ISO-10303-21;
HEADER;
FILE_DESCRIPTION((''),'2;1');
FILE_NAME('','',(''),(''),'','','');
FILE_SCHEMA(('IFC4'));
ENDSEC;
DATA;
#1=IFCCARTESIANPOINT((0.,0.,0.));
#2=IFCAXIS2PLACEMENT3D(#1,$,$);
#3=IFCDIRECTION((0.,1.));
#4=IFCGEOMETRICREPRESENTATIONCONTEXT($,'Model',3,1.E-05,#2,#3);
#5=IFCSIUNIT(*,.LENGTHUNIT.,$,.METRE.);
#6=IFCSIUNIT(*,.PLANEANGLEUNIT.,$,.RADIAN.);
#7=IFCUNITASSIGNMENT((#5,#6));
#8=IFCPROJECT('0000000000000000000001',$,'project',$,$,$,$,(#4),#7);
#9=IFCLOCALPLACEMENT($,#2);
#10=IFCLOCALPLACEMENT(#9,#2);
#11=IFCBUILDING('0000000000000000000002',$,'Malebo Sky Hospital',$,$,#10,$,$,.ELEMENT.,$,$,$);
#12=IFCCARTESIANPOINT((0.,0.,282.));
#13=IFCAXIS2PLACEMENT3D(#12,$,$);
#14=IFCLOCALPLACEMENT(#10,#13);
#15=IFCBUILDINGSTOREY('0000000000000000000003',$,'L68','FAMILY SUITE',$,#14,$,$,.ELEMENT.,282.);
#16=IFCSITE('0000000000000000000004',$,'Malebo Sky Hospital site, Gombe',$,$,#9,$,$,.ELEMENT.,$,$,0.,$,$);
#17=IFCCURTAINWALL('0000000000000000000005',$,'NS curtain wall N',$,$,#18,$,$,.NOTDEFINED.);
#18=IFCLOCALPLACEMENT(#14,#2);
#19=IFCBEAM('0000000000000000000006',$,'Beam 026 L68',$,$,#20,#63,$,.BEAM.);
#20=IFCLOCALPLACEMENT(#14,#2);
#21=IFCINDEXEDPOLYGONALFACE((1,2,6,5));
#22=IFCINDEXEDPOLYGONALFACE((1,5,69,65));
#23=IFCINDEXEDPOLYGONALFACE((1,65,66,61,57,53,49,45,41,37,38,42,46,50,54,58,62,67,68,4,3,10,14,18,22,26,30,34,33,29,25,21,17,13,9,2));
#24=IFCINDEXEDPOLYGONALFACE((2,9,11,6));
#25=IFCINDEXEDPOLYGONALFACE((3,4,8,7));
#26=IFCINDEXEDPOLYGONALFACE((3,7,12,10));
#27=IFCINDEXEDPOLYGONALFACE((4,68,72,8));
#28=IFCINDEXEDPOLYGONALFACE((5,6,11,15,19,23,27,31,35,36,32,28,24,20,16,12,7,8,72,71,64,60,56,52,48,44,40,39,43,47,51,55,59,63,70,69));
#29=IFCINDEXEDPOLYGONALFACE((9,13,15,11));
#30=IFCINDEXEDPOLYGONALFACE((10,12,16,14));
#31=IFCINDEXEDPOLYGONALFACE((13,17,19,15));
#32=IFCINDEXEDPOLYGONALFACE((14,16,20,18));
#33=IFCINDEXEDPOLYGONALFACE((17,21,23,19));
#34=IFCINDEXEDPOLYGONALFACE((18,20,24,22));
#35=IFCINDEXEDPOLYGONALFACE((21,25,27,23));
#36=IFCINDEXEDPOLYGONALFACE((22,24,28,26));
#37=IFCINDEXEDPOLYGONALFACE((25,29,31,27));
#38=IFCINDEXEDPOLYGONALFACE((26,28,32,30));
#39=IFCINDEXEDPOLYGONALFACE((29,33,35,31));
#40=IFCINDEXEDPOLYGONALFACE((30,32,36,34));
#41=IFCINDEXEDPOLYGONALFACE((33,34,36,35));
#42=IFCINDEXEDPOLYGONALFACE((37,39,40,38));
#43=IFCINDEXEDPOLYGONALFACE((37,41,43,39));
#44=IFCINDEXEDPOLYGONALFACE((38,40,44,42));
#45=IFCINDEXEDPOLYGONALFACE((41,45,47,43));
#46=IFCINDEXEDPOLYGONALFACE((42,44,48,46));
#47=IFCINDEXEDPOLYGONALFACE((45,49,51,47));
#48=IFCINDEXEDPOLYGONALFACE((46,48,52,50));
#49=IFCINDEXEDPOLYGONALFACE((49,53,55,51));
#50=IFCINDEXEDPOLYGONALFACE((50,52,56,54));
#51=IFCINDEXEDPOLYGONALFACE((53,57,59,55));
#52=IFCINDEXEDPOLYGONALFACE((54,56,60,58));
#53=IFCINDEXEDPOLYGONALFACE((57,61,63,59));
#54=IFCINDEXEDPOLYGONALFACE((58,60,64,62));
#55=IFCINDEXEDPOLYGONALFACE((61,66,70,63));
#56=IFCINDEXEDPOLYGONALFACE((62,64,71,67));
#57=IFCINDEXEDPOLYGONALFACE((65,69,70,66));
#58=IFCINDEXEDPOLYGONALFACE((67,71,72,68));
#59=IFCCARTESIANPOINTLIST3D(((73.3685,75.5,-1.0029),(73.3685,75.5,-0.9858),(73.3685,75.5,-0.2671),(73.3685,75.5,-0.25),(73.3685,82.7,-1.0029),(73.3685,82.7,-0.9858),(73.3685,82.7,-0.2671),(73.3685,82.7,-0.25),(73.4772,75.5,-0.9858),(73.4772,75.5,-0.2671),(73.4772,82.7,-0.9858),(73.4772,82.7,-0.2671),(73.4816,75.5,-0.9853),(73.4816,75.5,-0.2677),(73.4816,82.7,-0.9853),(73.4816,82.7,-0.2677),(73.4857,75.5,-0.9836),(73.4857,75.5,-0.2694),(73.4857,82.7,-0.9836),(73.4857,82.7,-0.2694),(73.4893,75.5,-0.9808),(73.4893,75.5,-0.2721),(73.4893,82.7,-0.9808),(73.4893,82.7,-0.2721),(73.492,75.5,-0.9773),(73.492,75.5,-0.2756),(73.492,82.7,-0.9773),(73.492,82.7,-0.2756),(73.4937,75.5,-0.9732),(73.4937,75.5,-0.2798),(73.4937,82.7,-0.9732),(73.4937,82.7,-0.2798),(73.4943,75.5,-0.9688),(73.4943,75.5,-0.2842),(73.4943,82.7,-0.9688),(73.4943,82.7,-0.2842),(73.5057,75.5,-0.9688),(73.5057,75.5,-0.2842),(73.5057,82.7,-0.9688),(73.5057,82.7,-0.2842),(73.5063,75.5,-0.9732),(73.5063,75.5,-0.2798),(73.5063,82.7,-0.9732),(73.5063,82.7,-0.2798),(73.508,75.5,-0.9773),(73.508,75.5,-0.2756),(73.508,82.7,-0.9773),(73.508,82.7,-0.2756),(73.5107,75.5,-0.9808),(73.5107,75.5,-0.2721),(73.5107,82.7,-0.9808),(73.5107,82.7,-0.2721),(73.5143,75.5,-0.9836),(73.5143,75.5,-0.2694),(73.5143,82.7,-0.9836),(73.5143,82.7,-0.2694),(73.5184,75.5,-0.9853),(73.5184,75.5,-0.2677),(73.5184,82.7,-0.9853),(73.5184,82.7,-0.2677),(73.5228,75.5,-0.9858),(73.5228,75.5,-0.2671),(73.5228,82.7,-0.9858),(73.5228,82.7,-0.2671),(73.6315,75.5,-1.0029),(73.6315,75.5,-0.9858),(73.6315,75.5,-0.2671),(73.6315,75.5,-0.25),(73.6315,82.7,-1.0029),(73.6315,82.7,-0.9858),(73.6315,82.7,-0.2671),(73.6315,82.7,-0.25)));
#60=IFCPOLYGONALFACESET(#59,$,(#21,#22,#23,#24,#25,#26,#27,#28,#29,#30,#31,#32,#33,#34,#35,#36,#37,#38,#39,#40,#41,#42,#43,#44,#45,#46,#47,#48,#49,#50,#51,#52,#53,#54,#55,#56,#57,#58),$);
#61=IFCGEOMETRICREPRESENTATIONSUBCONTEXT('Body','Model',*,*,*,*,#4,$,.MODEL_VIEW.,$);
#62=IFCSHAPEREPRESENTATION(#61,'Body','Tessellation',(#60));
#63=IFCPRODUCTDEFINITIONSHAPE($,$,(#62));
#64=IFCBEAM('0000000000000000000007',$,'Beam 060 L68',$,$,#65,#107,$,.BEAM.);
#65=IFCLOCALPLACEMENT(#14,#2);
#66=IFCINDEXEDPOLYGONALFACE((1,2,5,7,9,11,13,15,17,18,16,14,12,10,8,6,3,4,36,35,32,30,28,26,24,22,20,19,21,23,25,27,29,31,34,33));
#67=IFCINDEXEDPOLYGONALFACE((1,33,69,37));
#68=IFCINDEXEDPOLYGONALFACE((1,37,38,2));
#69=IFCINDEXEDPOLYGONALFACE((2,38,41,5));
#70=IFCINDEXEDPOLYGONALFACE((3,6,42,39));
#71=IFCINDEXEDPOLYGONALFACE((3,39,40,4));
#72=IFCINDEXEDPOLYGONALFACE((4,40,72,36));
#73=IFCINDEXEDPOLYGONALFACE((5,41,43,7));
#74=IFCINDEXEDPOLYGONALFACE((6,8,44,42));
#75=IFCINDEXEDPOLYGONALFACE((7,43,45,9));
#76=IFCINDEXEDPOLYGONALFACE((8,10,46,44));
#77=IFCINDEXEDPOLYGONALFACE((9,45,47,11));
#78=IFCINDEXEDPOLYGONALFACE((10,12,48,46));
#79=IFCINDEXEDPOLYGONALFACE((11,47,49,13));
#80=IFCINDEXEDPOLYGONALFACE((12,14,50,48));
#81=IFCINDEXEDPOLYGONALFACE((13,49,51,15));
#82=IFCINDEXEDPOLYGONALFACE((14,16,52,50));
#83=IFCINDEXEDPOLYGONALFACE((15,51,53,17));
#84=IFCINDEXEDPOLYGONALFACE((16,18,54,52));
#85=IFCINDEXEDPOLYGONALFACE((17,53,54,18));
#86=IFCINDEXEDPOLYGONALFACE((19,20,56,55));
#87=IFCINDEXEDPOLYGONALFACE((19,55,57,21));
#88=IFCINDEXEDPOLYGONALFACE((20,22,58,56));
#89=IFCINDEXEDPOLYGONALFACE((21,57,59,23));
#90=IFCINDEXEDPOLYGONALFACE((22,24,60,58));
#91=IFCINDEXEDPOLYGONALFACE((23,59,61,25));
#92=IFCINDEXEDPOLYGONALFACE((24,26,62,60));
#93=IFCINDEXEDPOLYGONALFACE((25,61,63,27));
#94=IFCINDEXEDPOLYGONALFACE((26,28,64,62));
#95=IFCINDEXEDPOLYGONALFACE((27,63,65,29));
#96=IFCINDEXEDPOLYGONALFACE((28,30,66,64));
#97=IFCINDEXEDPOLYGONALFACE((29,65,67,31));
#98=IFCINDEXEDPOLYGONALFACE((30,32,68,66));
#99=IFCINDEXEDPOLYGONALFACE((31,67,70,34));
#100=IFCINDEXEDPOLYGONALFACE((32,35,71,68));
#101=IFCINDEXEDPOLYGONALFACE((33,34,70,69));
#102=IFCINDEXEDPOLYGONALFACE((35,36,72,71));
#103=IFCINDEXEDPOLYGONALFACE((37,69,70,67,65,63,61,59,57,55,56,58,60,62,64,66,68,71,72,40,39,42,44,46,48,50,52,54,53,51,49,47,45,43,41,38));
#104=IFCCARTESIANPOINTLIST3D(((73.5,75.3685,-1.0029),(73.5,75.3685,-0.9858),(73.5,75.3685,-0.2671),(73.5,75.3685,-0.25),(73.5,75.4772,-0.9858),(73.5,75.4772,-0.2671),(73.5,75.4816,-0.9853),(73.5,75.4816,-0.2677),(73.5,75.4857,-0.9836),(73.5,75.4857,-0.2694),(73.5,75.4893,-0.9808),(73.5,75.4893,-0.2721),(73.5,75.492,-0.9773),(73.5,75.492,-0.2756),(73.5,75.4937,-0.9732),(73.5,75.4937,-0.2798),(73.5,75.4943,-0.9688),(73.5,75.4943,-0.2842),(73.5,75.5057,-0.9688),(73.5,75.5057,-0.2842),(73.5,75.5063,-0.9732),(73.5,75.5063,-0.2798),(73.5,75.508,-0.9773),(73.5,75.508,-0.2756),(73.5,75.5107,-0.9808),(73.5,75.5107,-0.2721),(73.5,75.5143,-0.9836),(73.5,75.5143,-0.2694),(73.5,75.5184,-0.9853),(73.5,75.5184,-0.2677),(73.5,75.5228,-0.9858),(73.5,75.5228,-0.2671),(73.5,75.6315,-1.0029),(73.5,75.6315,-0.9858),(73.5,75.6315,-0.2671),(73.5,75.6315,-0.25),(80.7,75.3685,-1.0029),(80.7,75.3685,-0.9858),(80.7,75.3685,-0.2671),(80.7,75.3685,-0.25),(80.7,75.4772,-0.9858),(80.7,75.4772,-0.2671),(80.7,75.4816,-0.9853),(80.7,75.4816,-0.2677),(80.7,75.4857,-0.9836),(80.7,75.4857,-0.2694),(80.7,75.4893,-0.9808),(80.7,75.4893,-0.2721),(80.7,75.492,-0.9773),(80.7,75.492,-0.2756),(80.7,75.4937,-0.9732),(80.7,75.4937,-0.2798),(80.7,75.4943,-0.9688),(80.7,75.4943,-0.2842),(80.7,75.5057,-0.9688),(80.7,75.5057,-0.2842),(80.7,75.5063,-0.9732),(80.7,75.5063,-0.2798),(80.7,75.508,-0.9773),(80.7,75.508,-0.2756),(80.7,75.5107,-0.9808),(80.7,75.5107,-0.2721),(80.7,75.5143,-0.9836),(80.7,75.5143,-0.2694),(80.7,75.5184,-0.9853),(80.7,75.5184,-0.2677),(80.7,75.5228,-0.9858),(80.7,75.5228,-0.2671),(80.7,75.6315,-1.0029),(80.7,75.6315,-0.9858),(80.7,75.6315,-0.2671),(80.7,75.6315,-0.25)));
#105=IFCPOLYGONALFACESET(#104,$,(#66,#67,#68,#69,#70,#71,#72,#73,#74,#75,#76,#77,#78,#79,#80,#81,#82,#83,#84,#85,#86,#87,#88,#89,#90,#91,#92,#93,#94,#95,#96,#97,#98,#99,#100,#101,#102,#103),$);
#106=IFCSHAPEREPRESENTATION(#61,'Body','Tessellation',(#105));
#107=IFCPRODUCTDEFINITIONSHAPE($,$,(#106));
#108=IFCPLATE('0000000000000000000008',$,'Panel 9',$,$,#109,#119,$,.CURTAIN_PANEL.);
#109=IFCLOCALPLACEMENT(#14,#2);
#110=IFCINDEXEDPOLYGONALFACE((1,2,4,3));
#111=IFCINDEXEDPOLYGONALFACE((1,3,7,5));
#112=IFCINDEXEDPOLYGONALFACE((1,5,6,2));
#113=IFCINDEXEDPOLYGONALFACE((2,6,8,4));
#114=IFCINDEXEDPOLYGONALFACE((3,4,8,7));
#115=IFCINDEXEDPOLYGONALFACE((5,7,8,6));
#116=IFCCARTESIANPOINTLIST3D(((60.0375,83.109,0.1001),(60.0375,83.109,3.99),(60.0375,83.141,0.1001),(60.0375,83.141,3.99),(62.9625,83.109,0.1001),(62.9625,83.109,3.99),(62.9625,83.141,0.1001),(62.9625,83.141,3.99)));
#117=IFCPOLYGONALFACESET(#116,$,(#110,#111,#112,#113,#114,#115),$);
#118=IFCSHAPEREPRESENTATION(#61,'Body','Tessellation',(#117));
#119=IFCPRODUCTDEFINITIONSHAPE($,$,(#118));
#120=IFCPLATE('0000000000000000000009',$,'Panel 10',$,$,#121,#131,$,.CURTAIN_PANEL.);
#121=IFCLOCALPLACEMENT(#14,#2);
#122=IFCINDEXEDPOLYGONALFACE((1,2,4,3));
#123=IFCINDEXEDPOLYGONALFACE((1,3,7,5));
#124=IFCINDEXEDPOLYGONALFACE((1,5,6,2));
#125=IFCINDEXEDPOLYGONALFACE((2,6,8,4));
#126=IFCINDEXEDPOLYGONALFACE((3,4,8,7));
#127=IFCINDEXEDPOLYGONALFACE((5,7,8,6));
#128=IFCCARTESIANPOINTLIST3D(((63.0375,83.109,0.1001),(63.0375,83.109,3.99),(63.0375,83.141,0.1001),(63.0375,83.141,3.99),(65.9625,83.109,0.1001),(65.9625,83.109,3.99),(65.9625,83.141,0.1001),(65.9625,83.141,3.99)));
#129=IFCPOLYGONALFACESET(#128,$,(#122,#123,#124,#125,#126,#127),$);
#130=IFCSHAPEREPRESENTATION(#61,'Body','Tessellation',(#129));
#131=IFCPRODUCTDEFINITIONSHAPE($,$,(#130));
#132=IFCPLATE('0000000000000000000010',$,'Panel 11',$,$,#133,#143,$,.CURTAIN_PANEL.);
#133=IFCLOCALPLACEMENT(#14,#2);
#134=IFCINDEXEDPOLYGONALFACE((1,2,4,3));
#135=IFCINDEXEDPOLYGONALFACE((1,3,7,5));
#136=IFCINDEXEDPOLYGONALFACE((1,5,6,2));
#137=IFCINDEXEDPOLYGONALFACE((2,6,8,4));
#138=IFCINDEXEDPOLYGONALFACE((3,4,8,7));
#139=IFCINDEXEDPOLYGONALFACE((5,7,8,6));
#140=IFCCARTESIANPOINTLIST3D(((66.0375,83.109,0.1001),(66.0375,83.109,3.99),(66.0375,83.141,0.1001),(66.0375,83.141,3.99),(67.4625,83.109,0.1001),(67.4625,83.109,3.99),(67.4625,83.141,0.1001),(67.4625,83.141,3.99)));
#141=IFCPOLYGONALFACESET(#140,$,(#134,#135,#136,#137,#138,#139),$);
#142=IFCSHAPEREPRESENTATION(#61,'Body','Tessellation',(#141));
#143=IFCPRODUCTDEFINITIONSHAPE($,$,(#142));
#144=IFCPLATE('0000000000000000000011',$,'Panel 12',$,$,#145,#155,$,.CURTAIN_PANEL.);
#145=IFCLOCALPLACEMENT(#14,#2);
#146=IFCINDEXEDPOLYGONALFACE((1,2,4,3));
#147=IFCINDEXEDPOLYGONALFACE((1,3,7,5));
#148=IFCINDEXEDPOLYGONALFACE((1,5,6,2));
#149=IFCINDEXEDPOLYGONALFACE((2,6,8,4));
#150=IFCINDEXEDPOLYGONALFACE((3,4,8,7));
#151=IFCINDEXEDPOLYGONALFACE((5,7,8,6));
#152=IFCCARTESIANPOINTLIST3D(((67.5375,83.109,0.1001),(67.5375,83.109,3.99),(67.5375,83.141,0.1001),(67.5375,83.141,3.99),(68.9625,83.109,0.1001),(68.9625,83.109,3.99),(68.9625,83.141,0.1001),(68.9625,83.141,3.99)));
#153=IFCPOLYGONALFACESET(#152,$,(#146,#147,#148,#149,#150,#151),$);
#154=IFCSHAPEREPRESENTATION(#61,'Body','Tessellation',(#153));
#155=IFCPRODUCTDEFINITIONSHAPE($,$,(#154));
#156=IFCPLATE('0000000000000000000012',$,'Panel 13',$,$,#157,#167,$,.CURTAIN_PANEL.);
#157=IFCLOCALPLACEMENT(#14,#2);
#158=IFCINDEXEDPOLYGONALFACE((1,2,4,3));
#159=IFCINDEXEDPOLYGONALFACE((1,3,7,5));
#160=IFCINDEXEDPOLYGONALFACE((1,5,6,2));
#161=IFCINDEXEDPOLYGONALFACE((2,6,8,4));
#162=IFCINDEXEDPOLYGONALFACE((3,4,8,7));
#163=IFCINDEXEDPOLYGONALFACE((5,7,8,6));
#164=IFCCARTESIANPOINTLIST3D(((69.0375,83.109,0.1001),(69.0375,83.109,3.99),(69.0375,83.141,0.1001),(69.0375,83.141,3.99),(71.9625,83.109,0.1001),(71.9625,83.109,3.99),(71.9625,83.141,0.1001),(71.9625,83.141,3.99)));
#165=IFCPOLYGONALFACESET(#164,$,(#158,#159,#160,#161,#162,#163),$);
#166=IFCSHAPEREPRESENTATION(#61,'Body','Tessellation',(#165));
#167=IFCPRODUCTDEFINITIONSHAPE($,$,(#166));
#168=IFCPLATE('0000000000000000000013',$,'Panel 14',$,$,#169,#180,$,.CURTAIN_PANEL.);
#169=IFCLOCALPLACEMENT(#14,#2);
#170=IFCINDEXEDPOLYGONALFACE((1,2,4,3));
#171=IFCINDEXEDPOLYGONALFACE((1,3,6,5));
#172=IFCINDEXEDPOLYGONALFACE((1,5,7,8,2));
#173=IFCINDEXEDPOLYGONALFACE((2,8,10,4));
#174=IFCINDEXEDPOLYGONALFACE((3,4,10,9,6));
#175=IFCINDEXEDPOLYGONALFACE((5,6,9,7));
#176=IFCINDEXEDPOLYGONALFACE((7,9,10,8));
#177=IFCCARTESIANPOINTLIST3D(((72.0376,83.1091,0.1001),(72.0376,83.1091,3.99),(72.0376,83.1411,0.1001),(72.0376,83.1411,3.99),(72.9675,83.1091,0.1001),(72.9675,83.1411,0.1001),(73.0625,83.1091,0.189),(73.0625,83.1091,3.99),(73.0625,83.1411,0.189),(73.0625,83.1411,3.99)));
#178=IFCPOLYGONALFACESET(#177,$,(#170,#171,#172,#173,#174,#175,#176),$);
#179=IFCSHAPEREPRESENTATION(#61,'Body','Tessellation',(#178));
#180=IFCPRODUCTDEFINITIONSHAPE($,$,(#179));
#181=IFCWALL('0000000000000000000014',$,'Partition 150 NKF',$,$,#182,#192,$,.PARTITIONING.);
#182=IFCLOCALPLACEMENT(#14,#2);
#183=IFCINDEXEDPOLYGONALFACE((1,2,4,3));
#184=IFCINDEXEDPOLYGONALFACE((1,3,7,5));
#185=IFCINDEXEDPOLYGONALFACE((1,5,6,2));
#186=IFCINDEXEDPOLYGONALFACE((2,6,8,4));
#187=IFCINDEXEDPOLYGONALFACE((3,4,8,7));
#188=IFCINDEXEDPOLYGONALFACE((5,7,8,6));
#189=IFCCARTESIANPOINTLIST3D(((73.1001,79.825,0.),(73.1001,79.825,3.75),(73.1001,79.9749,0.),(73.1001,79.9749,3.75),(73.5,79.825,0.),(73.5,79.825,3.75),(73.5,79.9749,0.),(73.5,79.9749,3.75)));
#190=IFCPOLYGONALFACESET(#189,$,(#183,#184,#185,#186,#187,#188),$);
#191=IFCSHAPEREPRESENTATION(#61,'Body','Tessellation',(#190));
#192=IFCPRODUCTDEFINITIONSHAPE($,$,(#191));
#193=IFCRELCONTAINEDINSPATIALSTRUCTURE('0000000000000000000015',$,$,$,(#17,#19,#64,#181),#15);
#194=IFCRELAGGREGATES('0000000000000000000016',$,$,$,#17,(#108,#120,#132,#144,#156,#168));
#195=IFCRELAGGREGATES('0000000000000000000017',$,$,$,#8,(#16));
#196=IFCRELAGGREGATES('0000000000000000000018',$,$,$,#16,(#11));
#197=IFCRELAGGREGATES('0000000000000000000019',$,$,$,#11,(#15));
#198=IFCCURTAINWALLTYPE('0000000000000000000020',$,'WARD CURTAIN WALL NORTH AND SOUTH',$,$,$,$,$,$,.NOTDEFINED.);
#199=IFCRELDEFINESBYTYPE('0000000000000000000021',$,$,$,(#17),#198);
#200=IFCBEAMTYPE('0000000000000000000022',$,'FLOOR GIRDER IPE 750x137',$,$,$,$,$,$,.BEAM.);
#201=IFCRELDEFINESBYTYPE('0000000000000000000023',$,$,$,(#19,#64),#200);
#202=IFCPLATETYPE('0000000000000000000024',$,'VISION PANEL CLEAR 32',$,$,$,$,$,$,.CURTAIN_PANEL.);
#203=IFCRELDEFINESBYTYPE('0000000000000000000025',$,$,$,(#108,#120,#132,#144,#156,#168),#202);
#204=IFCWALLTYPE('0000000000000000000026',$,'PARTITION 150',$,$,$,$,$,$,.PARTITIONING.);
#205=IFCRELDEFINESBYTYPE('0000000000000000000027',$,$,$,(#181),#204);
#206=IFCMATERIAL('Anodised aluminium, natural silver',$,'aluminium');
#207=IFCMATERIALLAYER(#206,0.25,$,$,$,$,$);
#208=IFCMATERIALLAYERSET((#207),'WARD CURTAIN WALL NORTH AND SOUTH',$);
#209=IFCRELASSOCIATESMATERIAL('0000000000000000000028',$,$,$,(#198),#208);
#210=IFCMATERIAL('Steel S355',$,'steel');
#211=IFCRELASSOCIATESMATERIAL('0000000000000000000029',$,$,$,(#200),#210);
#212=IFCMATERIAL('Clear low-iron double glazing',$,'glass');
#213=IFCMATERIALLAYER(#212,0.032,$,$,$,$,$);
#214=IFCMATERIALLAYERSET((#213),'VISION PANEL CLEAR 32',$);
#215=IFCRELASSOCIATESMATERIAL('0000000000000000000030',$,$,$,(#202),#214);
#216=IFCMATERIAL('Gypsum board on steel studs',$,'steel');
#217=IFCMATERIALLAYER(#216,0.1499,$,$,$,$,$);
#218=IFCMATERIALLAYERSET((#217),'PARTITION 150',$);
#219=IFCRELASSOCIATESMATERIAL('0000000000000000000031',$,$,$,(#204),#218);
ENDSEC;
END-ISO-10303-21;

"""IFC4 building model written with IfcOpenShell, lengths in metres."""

from ifc_helpers import new_model, si_unit, direction, frame, frame_2d, origin, origin_2d, place, context, subcontext, project, spatial, polyline, rectangle, i_section, outline, extrude, material, layer, layer_set, material_profile, profile_set, type_object, element, aggregate, save


model = new_model("IFC4")

# Units and contexts
model_context = context("Model", 3, precision=1e-05, world=origin(), true_north=direction((0.0, 1.0)))
body_context = subcontext(model_context, "Body", "Model", "MODEL_VIEW")
ifc_project = project(units=[si_unit("LENGTHUNIT", "METRE"), si_unit("PLANEANGLEUNIT", "RADIAN")], contexts=[model_context])

# Site, building, storey
site_placement = place(None, origin())
site = spatial("IfcSite", under=ifc_project, at=site_placement, Name="Malebo Sky Hospital site, Gombe", CompositionType="ELEMENT", RefElevation=0.0)
building_placement = place(site_placement, origin())
building = spatial("IfcBuilding", under=site, at=building_placement, Name="Malebo Sky Hospital", CompositionType="ELEMENT")
storey_placement = place(building_placement, frame((0.0, 0.0, 282.0)))
storey = spatial("IfcBuildingStorey", under=building, at=storey_placement, Name="L68", Description="FAMILY SUITE", CompositionType="ELEMENT", Elevation=282.0)

# Curtain wall
ifc_material_1 = material(Name="Anodised aluminium, natural silver", Category="aluminium")
ifc_layer_1 = layer(ifc_material_1, 0.25)
ifc_layer_set_1 = layer_set([ifc_layer_1], Name="WARD CURTAIN WALL NORTH AND SOUTH")
curtain_wall_type = type_object("IfcCurtainWallType", Name="WARD CURTAIN WALL NORTH AND SOUTH", PredefinedType="NOTDEFINED", material=ifc_layer_set_1)
curtain_wall_placement = place(storey_placement, origin())
curtain_wall = element("IfcCurtainWall", 1, at=curtain_wall_placement, inside=storey, type_object=curtain_wall_type, Name="NS curtain wall N", PredefinedType="NOTDEFINED")

# Shared definitions
ifc_material_2 = material(Name="Steel S355", Category="steel")

# Beams
ifc_material_profile_1 = material_profile(ifc_material_2, i_section(OverallWidth=0.2629, OverallDepth=0.7529, WebThickness=0.0115, FlangeThickness=0.0171, FilletRadius=0.0171, at=origin_2d()), Name="IPE 750x137")
ifc_profile_set_1 = profile_set([ifc_material_profile_1], Name="Steel S355")
beam_type_1 = type_object("IfcBeamType", Name="FLOOR GIRDER IPE 750x137", PredefinedType="BEAM", material=ifc_profile_set_1)
for number, where, z_axis, x_axis, name in (
    (2, (73.5, 75.5, -0.6265), (0.0, 1.0, 0.0), (-1.0, 0.0, 0.0), "Beam 026 L68"),
    (3, (73.5, 75.5, -0.6265), (1.0, 0.0, 0.0), (0.0, 1.0, 0.0), "Beam 060 L68"),
):
    element("IfcBeam", number, at=place(storey_placement, frame(where, z_axis=z_axis, x_axis=x_axis)), inside=storey, type_object=beam_type_1, Name=name, PredefinedType="BEAM", context=body_context, shape_type="SweptSolid", body=[
        extrude(i_section(OverallWidth=0.2629, OverallDepth=0.7529, WebThickness=0.0115, FlangeThickness=0.0171, FilletRadius=0.0171, at=origin_2d()), origin(), (0.0, 0.0, 1.0), 7.2),
    ])

# Plates
ifc_material_3 = material(Name="Clear low-iron double glazing", Category="glass")
ifc_layer_2 = layer(ifc_material_3, 0.032)
ifc_layer_set_2 = layer_set([ifc_layer_2], Name="VISION PANEL CLEAR 32")
plate_type = type_object("IfcPlateType", Name="VISION PANEL CLEAR 32", PredefinedType="CURTAIN_PANEL", material=ifc_layer_set_2)
plate_1_placement = place(storey_placement, frame((61.5, 83.125, 0.1001), z_axis=(0.0, 0.0, 1.0), x_axis=(1.0, 0.0, 0.0)))
plate_1 = element("IfcPlate", 4, at=plate_1_placement, type_object=plate_type, Name="Panel 9", PredefinedType="CURTAIN_PANEL", context=body_context, shape_type="SweptSolid", body=[
    extrude(rectangle(XDim=2.925, YDim=0.032, at=origin_2d()), origin(), (0.0, 0.0, 1.0), 3.8899),
])
plate_2_placement = place(storey_placement, frame((64.5, 83.125, 0.1001), z_axis=(0.0, 0.0, 1.0), x_axis=(1.0, 0.0, 0.0)))
plate_2 = element("IfcPlate", 5, at=plate_2_placement, type_object=plate_type, Name="Panel 10", PredefinedType="CURTAIN_PANEL", context=body_context, shape_type="SweptSolid", body=[
    extrude(rectangle(XDim=2.925, YDim=0.032, at=origin_2d()), origin(), (0.0, 0.0, 1.0), 3.8899),
])
plate_3_placement = place(storey_placement, frame((66.75, 83.125, 0.1001), z_axis=(0.0, 0.0, 1.0), x_axis=(1.0, 0.0, 0.0)))
plate_3 = element("IfcPlate", 6, at=plate_3_placement, type_object=plate_type, Name="Panel 11", PredefinedType="CURTAIN_PANEL", context=body_context, shape_type="SweptSolid", body=[
    extrude(rectangle(XDim=1.425, YDim=0.032, at=origin_2d()), origin(), (0.0, 0.0, 1.0), 3.8899),
])
plate_4_placement = place(storey_placement, frame((68.25, 83.125, 0.1001), z_axis=(0.0, 0.0, 1.0), x_axis=(1.0, 0.0, 0.0)))
plate_4 = element("IfcPlate", 7, at=plate_4_placement, type_object=plate_type, Name="Panel 12", PredefinedType="CURTAIN_PANEL", context=body_context, shape_type="SweptSolid", body=[
    extrude(rectangle(XDim=1.425, YDim=0.032, at=origin_2d()), origin(), (0.0, 0.0, 1.0), 3.8899),
])
plate_5_placement = place(storey_placement, frame((70.5, 83.125, 0.1001), z_axis=(0.0, 0.0, 1.0), x_axis=(1.0, 0.0, 0.0)))
plate_5 = element("IfcPlate", 8, at=plate_5_placement, type_object=plate_type, Name="Panel 13", PredefinedType="CURTAIN_PANEL", context=body_context, shape_type="SweptSolid", body=[
    extrude(rectangle(XDim=2.925, YDim=0.032, at=origin_2d()), origin(), (0.0, 0.0, 1.0), 3.8899),
])
plate_6_placement = place(storey_placement, frame((72.55, 83.125, 0.1001), z_axis=(0.0, 0.0, 1.0), x_axis=(1.0, 0.0, 0.0)))
plate_6 = element("IfcPlate", 9, at=plate_6_placement, type_object=plate_type, Name="Panel 14", PredefinedType="CURTAIN_PANEL", context=body_context, shape_type="SweptSolid", body=[
    extrude(outline(polyline([(-0.5125, 0.0), (0.4175, 0.0), (0.5125, 0.0889), (0.5125, 3.8899), (-0.5125, 3.8899), (-0.5125, 0.0)])), frame((0.0, 0.0161, 0.0), z_axis=(0.0, -1.0, 0.0), x_axis=(1.0, 0.0, 0.0)), (0.0, 0.0, 1.0), 0.032),
])
aggregate(curtain_wall, [plate_1, plate_2, plate_3, plate_4, plate_5, plate_6])

# Wall
ifc_material_4 = material(Name="Gypsum board on steel studs", Category="steel")
ifc_layer_3 = layer(ifc_material_4, 0.1499)
ifc_layer_set_3 = layer_set([ifc_layer_3], Name="PARTITION 150")
wall_type = type_object("IfcWallType", Name="PARTITION 150", PredefinedType="PARTITIONING", material=ifc_layer_set_3)
wall_1_placement = place(storey_placement, frame((73.1001, 79.8999, 0.0), z_axis=(0.0, 0.0, 1.0), x_axis=(1.0, 0.0, 0.0)))
element("IfcWall", 10, at=wall_1_placement, inside=storey, type_object=wall_type, Name="Partition 150 NKF", PredefinedType="PARTITIONING", context=body_context, shape_type="SweptSolid", body=[
    extrude(rectangle(XDim=0.3999, YDim=0.1499, at=frame_2d((0.2, 0.0))), origin(), (0.0, 0.0, 1.0), 3.75),
])

save(model, "model.ifc")
